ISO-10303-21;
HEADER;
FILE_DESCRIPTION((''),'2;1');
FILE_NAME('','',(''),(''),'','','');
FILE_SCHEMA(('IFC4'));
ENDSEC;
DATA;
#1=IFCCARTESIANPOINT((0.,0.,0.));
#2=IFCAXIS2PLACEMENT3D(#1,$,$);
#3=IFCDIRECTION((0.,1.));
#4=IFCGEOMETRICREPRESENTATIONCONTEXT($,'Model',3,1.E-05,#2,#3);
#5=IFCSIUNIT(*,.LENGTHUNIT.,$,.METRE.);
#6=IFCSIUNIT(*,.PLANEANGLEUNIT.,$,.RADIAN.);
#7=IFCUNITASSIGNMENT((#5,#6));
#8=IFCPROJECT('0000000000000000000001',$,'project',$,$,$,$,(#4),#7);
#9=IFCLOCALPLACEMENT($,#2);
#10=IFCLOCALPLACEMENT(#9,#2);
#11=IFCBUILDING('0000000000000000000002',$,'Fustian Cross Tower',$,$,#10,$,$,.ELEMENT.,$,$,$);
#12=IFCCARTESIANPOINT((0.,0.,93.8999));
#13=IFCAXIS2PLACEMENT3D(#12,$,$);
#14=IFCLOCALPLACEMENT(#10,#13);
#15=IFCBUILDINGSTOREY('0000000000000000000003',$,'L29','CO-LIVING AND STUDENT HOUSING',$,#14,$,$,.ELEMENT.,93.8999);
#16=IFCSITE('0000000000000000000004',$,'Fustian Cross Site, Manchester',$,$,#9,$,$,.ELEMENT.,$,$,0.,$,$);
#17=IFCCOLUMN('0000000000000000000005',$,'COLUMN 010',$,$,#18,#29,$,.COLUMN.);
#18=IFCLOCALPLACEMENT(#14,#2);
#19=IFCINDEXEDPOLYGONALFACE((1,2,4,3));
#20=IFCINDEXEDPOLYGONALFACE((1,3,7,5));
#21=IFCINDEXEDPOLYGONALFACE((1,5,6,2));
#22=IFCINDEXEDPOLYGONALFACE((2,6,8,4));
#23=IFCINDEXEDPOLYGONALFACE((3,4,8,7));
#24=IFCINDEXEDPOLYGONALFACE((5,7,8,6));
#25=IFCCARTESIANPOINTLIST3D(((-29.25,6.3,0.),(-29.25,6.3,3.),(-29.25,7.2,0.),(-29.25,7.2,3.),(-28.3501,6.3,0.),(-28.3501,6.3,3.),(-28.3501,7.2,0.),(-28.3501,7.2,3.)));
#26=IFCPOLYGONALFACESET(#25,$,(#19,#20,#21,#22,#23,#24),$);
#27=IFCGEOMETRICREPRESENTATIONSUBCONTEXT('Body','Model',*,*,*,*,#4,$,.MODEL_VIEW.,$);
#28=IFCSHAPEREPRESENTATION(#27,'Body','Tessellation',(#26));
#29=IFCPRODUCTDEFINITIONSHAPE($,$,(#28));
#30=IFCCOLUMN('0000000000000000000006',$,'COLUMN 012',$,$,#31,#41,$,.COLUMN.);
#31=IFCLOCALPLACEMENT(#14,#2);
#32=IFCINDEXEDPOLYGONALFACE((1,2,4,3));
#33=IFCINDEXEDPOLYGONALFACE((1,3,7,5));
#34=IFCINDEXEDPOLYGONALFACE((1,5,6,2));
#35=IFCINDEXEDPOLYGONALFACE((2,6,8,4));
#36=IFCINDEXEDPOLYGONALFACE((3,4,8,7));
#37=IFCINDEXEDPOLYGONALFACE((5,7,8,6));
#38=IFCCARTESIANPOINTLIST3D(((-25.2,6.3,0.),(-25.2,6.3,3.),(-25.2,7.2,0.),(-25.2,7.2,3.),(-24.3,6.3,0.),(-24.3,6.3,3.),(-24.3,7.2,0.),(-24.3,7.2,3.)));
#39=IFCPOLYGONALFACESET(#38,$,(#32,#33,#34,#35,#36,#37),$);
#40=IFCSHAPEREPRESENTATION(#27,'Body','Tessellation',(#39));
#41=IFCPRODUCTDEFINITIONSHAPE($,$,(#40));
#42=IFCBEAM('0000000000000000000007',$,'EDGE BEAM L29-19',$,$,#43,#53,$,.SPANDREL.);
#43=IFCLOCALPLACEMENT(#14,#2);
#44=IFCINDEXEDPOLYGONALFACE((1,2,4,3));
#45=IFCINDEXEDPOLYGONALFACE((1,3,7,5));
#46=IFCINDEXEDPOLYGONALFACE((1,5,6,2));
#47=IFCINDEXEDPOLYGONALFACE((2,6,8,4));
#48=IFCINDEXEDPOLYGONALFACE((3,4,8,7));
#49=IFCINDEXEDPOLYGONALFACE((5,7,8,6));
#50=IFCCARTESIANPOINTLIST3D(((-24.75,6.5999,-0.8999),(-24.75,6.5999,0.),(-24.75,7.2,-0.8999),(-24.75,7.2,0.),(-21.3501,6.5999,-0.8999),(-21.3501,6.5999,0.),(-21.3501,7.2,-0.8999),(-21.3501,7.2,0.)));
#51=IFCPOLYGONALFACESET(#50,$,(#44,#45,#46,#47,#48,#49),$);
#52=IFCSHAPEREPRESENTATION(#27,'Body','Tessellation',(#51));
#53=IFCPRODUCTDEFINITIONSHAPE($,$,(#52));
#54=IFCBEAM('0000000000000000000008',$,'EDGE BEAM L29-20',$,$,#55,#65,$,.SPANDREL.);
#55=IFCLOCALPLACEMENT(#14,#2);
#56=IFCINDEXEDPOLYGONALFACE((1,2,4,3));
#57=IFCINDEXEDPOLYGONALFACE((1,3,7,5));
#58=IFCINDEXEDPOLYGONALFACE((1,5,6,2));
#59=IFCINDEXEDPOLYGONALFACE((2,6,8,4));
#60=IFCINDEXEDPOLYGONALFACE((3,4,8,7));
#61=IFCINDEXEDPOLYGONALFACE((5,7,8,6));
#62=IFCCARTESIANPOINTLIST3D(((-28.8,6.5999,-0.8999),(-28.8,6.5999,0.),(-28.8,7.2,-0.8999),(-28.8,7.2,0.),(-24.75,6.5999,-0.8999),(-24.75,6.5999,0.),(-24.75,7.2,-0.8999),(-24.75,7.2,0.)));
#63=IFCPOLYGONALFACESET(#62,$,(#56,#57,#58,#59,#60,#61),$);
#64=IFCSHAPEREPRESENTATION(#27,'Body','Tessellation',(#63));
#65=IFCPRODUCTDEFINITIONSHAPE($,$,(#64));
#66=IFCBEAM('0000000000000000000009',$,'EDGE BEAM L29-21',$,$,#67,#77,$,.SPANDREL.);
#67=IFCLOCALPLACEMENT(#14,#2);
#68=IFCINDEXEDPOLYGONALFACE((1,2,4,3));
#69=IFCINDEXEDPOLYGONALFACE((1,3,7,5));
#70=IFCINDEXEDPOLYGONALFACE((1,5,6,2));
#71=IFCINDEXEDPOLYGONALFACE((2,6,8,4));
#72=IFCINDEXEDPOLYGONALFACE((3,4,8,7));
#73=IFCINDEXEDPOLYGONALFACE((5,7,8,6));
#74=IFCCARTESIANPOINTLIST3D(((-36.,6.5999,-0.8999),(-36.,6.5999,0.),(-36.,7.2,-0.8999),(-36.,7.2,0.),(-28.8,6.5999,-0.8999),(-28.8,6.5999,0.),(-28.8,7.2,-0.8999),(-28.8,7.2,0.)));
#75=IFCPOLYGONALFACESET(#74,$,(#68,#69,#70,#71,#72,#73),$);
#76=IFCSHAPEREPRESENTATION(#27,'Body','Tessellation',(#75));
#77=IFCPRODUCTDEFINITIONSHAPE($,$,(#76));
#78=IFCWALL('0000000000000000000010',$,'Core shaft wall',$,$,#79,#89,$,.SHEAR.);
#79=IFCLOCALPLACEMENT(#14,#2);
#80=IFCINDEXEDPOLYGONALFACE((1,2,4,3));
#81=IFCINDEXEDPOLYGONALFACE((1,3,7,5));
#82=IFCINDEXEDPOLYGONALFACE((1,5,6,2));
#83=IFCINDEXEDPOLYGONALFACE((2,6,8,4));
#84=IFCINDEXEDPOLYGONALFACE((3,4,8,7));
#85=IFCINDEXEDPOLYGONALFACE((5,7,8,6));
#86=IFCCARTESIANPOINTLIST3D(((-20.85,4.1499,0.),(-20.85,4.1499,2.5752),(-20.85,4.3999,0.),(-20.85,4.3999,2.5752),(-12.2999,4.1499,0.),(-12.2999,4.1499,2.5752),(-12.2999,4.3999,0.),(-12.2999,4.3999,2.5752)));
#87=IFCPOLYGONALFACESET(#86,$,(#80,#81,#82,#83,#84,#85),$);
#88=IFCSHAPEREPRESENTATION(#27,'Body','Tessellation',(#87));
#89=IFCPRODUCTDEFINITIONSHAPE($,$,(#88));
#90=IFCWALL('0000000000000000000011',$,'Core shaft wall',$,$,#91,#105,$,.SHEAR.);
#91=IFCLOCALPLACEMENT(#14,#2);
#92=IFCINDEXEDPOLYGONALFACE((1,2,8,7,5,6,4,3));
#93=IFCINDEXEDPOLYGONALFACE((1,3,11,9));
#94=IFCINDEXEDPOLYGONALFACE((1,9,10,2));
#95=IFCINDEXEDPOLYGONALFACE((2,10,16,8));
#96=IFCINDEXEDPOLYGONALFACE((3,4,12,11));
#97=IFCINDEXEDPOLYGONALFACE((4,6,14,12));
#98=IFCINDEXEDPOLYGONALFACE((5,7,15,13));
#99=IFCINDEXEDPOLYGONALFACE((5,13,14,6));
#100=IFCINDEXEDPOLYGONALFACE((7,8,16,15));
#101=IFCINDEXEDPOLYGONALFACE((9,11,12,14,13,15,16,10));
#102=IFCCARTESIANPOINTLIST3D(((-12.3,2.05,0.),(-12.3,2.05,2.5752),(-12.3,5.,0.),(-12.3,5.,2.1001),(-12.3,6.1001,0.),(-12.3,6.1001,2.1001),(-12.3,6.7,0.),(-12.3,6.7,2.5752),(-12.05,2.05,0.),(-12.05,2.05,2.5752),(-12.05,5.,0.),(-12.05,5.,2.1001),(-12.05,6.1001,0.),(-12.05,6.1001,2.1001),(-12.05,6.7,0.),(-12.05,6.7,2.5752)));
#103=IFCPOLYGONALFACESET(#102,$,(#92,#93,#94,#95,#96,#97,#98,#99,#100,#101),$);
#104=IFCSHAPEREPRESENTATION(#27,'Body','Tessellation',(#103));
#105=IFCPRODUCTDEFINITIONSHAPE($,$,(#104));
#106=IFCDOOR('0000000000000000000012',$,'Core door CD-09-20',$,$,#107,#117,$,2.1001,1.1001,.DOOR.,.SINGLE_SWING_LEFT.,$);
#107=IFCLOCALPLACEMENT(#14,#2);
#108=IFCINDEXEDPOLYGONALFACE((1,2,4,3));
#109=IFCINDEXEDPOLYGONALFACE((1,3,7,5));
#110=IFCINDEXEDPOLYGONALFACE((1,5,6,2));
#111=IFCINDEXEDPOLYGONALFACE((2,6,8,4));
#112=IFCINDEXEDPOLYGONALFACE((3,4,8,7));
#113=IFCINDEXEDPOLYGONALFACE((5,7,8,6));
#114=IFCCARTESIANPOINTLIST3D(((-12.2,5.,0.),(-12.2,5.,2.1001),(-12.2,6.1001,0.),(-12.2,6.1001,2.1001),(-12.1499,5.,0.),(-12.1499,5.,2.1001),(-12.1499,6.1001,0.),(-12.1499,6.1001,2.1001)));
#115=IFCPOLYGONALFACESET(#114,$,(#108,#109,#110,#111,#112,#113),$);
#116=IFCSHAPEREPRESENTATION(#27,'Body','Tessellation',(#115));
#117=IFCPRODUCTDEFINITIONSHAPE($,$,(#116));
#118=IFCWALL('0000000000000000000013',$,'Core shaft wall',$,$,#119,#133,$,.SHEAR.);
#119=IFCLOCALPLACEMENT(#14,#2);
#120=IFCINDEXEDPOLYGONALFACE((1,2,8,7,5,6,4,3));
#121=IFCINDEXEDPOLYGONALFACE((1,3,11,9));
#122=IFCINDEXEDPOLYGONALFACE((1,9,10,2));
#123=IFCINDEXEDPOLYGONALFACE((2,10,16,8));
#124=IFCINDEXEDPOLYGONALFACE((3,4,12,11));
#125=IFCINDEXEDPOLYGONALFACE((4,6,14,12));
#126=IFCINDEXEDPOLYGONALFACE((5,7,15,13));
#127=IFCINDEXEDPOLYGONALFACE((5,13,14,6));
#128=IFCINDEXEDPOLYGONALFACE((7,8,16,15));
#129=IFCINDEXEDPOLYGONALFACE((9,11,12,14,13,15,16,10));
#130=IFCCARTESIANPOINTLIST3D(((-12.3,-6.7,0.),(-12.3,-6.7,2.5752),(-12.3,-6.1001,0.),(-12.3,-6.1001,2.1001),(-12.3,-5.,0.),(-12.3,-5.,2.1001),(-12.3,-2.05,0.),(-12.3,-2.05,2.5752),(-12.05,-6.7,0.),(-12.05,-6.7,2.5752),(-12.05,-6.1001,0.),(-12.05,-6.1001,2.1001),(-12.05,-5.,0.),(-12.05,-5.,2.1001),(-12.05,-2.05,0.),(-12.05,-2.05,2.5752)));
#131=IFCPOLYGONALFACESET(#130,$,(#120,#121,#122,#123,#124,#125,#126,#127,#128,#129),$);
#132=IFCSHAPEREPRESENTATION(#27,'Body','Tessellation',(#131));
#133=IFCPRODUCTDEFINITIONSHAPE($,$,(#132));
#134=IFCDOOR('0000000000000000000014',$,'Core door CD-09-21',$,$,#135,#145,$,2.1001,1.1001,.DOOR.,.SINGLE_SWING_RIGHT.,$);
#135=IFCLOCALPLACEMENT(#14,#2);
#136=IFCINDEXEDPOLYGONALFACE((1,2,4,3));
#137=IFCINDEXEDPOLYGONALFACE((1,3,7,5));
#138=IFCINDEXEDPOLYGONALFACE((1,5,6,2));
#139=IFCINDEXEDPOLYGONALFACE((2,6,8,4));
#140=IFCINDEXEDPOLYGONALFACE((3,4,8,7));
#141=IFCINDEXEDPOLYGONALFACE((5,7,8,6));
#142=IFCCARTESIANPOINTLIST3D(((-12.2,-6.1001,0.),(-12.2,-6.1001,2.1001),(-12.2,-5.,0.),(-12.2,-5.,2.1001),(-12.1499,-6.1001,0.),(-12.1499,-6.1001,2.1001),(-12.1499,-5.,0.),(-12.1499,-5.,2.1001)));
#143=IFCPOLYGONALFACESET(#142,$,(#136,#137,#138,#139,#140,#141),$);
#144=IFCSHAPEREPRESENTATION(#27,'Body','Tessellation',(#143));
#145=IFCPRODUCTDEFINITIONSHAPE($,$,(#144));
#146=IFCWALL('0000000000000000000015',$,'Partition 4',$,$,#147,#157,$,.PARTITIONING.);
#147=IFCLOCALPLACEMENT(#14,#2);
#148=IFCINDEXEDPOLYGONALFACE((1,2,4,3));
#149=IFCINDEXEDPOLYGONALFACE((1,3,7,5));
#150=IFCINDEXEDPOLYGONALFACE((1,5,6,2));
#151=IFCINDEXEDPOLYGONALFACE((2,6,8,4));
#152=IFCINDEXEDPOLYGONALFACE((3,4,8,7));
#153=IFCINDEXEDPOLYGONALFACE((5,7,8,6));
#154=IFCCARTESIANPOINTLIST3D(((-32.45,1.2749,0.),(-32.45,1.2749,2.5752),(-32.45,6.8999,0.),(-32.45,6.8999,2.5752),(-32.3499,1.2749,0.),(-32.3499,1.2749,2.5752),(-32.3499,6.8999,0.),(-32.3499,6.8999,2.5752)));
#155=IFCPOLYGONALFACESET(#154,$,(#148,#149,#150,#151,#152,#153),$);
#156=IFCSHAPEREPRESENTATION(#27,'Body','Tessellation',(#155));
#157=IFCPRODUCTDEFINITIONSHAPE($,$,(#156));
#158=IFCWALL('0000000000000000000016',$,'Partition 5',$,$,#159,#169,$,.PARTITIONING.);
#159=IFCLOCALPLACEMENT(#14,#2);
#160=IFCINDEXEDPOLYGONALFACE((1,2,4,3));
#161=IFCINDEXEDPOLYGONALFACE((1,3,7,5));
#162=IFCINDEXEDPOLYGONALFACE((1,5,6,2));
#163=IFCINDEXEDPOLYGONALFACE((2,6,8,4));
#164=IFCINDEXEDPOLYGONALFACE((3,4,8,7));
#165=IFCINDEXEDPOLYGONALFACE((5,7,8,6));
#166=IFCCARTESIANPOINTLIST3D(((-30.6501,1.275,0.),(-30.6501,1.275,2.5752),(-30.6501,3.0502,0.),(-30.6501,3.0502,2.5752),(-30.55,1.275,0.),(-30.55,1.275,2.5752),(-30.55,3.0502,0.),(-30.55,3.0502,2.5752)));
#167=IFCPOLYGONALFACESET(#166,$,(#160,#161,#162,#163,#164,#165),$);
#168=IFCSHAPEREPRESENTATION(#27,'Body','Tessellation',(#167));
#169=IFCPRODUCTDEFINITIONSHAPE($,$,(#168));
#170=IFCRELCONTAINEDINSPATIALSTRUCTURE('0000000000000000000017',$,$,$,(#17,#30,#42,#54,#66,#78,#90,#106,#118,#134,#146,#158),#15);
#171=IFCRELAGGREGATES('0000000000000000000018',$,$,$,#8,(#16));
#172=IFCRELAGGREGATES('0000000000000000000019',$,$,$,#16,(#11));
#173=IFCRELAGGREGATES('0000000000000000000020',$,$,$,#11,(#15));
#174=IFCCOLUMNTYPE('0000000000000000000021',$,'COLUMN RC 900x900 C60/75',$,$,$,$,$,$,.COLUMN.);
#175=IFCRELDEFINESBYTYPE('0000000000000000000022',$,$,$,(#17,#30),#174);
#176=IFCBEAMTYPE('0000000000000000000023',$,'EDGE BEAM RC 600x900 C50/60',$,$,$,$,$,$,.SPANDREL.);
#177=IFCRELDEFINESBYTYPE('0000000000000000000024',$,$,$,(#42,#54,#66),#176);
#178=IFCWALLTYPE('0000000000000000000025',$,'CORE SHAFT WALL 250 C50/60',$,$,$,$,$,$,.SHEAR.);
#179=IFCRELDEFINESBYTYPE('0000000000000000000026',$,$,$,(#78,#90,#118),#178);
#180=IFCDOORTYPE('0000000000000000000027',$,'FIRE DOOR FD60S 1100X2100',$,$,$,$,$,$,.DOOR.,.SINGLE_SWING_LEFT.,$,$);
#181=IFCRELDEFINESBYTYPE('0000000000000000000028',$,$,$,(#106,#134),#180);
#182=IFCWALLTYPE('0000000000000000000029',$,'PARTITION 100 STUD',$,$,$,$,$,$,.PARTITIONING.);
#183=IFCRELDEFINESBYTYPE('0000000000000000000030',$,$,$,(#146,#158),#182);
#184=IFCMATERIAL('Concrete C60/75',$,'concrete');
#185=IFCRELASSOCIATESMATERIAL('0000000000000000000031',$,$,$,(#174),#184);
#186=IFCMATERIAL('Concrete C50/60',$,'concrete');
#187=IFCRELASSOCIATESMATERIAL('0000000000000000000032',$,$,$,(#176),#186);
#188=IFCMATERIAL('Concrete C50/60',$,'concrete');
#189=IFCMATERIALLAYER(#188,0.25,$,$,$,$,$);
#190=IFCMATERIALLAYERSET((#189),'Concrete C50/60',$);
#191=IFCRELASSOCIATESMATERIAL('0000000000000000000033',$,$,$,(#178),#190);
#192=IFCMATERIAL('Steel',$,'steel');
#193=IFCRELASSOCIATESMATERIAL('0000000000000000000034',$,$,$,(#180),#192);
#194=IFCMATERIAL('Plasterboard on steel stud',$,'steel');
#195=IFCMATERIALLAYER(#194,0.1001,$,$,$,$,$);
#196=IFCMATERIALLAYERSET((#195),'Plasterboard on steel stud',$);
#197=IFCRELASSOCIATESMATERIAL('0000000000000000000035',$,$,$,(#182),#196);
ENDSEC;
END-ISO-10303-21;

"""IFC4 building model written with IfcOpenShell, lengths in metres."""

from ifc_helpers import new_model, si_unit, direction, frame, frame_2d, origin, origin_2d, place, context, subcontext, project, spatial, rectangle, extrude, material, layer, layer_set, material_profile, profile_set, type_object, element, fill, save


model = new_model("IFC4")

# Units and contexts
model_context = context("Model", 3, precision=1e-05, world=origin(), true_north=direction((0.0, 1.0)))
body_context = subcontext(model_context, "Body", "Model", "MODEL_VIEW")
ifc_project = project(units=[si_unit("LENGTHUNIT", "METRE"), si_unit("PLANEANGLEUNIT", "RADIAN")], contexts=[model_context])

# Site, building, storey
site_placement = place(None, origin())
site = spatial("IfcSite", under=ifc_project, at=site_placement, Name="Fustian Cross Site, Manchester", CompositionType="ELEMENT", RefElevation=0.0)
building_placement = place(site_placement, origin())
building = spatial("IfcBuilding", under=site, at=building_placement, Name="Fustian Cross Tower", CompositionType="ELEMENT")
storey_placement = place(building_placement, frame((0.0, 0.0, 93.8999)))
storey = spatial("IfcBuildingStorey", under=building, at=storey_placement, Name="L29", Description="CO-LIVING AND STUDENT HOUSING", CompositionType="ELEMENT", Elevation=93.8999)

# Columns
ifc_material_1 = material(Name="Concrete C60/75", Category="concrete")
ifc_material_profile_1 = material_profile(ifc_material_1, rectangle(XDim=0.8999, YDim=0.8999, at=origin_2d()), Name="RC 900x900")
ifc_profile_set_1 = profile_set([ifc_material_profile_1], Name="Concrete C60/75")
column_type = type_object("IfcColumnType", Name="COLUMN RC 900x900 C60/75", PredefinedType="COLUMN", material=ifc_profile_set_1)
for number, where, z_axis, x_axis, name in (
    (1, (-28.8, 6.75, 0.0), (0.0, 0.0, 1.0), (1.0, 0.0, 0.0), "COLUMN 010"),
    (2, (-24.75, 6.75, 0.0), (0.0, 0.0, 1.0), (1.0, 0.0, 0.0), "COLUMN 012"),
):
    element("IfcColumn", number, at=place(storey_placement, frame(where, z_axis=z_axis, x_axis=x_axis)), inside=storey, type_object=column_type, Name=name, PredefinedType="COLUMN", context=body_context, shape_type="SweptSolid", body=[
        extrude(rectangle(XDim=0.8999, YDim=0.8999, at=origin_2d()), origin(), (0.0, 0.0, 1.0), 3.0),
    ])

# Beams
ifc_material_2 = material(Name="Concrete C50/60", Category="concrete")
ifc_material_profile_2 = material_profile(ifc_material_2, rectangle(XDim=0.6001, YDim=0.8999, at=origin_2d()), Name="RC 600x900")
ifc_profile_set_2 = profile_set([ifc_material_profile_2], Name="Concrete C50/60")
beam_type = type_object("IfcBeamType", Name="EDGE BEAM RC 600x900 C50/60", PredefinedType="SPANDREL", material=ifc_profile_set_2)
beam_1_placement = place(storey_placement, frame((-21.3501, 6.8999, -0.45), z_axis=(-1.0, 0.0, 0.0), x_axis=(0.0, -1.0, 0.0)))
element("IfcBeam", 3, at=beam_1_placement, inside=storey, type_object=beam_type, Name="EDGE BEAM L29-19", PredefinedType="SPANDREL", context=body_context, shape_type="SweptSolid", body=[
    extrude(rectangle(XDim=0.6001, YDim=0.8999, at=origin_2d()), origin(), (0.0, 0.0, 1.0), 3.3999),
])
beam_2_placement = place(storey_placement, frame((-24.75, 6.8999, -0.45), z_axis=(-1.0, 0.0, 0.0), x_axis=(0.0, -1.0, 0.0)))
element("IfcBeam", 4, at=beam_2_placement, inside=storey, type_object=beam_type, Name="EDGE BEAM L29-20", PredefinedType="SPANDREL", context=body_context, shape_type="SweptSolid", body=[
    extrude(rectangle(XDim=0.6001, YDim=0.8999, at=origin_2d()), origin(), (0.0, 0.0, 1.0), 4.05),
])
beam_3_placement = place(storey_placement, frame((-28.8, 6.8999, -0.45), z_axis=(-1.0, 0.0, 0.0), x_axis=(0.0, -1.0, 0.0)))
element("IfcBeam", 5, at=beam_3_placement, inside=storey, type_object=beam_type, Name="EDGE BEAM L29-21", PredefinedType="SPANDREL", context=body_context, shape_type="SweptSolid", body=[
    extrude(rectangle(XDim=0.6001, YDim=0.8999, at=origin_2d()), origin(), (0.0, 0.0, 1.0), 7.2),
])

# Wall
ifc_material_3 = material(Name="Concrete C50/60", Category="concrete")
ifc_layer_1 = layer(ifc_material_3, 0.25)
ifc_layer_set_1 = layer_set([ifc_layer_1], Name="Concrete C50/60")
wall_type_1 = type_object("IfcWallType", Name="CORE SHAFT WALL 250 C50/60", PredefinedType="SHEAR", material=ifc_layer_set_1)
wall_1_placement = place(storey_placement, frame((-12.3, 4.2749, 0.0), z_axis=(0.0, 0.0, 1.0), x_axis=(-1.0, 0.0, 0.0)))
element("IfcWall", 6, at=wall_1_placement, inside=storey, type_object=wall_type_1, Name="Core shaft wall", PredefinedType="SHEAR", context=body_context, shape_type="SweptSolid", body=[
    extrude(rectangle(XDim=8.55, YDim=0.25, at=frame_2d((4.2749, 0.0))), origin(), (0.0, 0.0, 1.0), 2.5752),
])

# Walls, openings, doors
wall_2_placement = place(storey_placement, frame((-12.175, 2.05, 0.0), z_axis=(0.0, 0.0, 1.0), x_axis=(0.0, 1.0, 0.0)))
wall_2 = element("IfcWall", 7, at=wall_2_placement, inside=storey, type_object=wall_type_1, Name="Core shaft wall", PredefinedType="SHEAR", context=body_context, shape_type="SweptSolid", body=[
    extrude(rectangle(XDim=4.6499, YDim=0.25, at=frame_2d((2.325, 0.0))), origin(), (0.0, 0.0, 1.0), 2.5752),
])
opening_1_placement = place(wall_2_placement, frame((2.95, 0.0, 0.0)))
opening_1 = element("IfcOpeningElement", 8, at=opening_1_placement, cuts=wall_2, PredefinedType="OPENING", context=body_context, shape_type="SweptSolid", body=[
    extrude(rectangle(XDim=1.1001, YDim=2.1001, at=frame_2d((0.55, 1.05))), frame((0.0, 0.135, 0.0), z_axis=(0.0, -1.0, 0.0), x_axis=(1.0, 0.0, 0.0)), (0.0, 0.0, 1.0), 0.27),
])
ifc_material_4 = material(Name="Steel", Category="steel")
door_type_1 = type_object("IfcDoorType", Name="FIRE DOOR FD60S 1100X2100", OperationType="SINGLE_SWING_LEFT", PredefinedType="DOOR", material=ifc_material_4)
door_1_placement = place(opening_1_placement, origin())
door_1 = element("IfcDoor", 9, at=door_1_placement, inside=storey, type_object=door_type_1, Name="Core door CD-09-20", OperationType="SINGLE_SWING_LEFT", OverallHeight=2.1001, OverallWidth=1.1001, PredefinedType="DOOR", context=body_context, shape_type="SweptSolid", body=[
    extrude(rectangle(XDim=1.1001, YDim=2.1001, at=frame_2d((0.55, 1.05))), frame((0.0, 0.0249, 0.0), z_axis=(0.0, -1.0, 0.0), x_axis=(1.0, 0.0, 0.0)), (0.0, 0.0, 1.0), 0.05),
])
fill(opening_1, door_1)
wall_3_placement = place(storey_placement, frame((-12.175, -2.05, 0.0), z_axis=(0.0, 0.0, 1.0), x_axis=(0.0, -1.0, 0.0)))
wall_3 = element("IfcWall", 10, at=wall_3_placement, inside=storey, type_object=wall_type_1, Name="Core shaft wall", PredefinedType="SHEAR", context=body_context, shape_type="SweptSolid", body=[
    extrude(rectangle(XDim=4.6499, YDim=0.25, at=frame_2d((2.325, 0.0))), origin(), (0.0, 0.0, 1.0), 2.5752),
])
opening_2_placement = place(wall_3_placement, frame((2.95, 0.0, 0.0)))
opening_2 = element("IfcOpeningElement", 11, at=opening_2_placement, cuts=wall_3, PredefinedType="OPENING", context=body_context, shape_type="SweptSolid", body=[
    extrude(rectangle(XDim=1.1001, YDim=2.1001, at=frame_2d((0.55, 1.05))), frame((0.0, 0.135, 0.0), z_axis=(0.0, -1.0, 0.0), x_axis=(1.0, 0.0, 0.0)), (0.0, 0.0, 1.0), 0.27),
])
door_2_placement = place(opening_2_placement, frame((1.1001, 0.0, 0.0), z_axis=(0.0, 0.0, 1.0), x_axis=(-1.0, 0.0, 0.0)))
door_2 = element("IfcDoor", 12, at=door_2_placement, inside=storey, type_object=door_type_1, Name="Core door CD-09-21", OperationType="SINGLE_SWING_RIGHT", OverallHeight=2.1001, OverallWidth=1.1001, PredefinedType="DOOR", context=body_context, shape_type="SweptSolid", body=[
    extrude(rectangle(XDim=1.1001, YDim=2.1001, at=frame_2d((0.55, 1.05))), frame((0.0, 0.0249, 0.0), z_axis=(0.0, -1.0, 0.0), x_axis=(1.0, 0.0, 0.0)), (0.0, 0.0, 1.0), 0.05),
])
fill(opening_2, door_2)

# Walls
ifc_material_5 = material(Name="Plasterboard on steel stud", Category="steel")
ifc_layer_2 = layer(ifc_material_5, 0.1001)
ifc_layer_set_2 = layer_set([ifc_layer_2], Name="Plasterboard on steel stud")
wall_type_2 = type_object("IfcWallType", Name="PARTITION 100 STUD", PredefinedType="PARTITIONING", material=ifc_layer_set_2)
wall_4_placement = place(storey_placement, frame((-32.3999, 1.2749, 0.0), z_axis=(0.0, 0.0, 1.0), x_axis=(0.0, 1.0, 0.0)))
element("IfcWall", 13, at=wall_4_placement, inside=storey, type_object=wall_type_2, Name="Partition 4", PredefinedType="PARTITIONING", context=body_context, shape_type="SweptSolid", body=[
    extrude(rectangle(XDim=5.625, YDim=0.1001, at=frame_2d((2.8125, 0.0))), origin(), (0.0, 0.0, 1.0), 2.5752),
])
wall_5_placement = place(storey_placement, frame((-30.6001, 1.2749, 0.0), z_axis=(0.0, 0.0, 1.0), x_axis=(0.0, 1.0, 0.0)))
element("IfcWall", 14, at=wall_5_placement, inside=storey, type_object=wall_type_2, Name="Partition 5", PredefinedType="PARTITIONING", context=body_context, shape_type="SweptSolid", body=[
    extrude(rectangle(XDim=1.7751, YDim=0.1001, at=frame_2d((0.8877, 0.0))), origin(), (0.0, 0.0, 1.0), 2.5752),
])

save(model, "model.ifc")
